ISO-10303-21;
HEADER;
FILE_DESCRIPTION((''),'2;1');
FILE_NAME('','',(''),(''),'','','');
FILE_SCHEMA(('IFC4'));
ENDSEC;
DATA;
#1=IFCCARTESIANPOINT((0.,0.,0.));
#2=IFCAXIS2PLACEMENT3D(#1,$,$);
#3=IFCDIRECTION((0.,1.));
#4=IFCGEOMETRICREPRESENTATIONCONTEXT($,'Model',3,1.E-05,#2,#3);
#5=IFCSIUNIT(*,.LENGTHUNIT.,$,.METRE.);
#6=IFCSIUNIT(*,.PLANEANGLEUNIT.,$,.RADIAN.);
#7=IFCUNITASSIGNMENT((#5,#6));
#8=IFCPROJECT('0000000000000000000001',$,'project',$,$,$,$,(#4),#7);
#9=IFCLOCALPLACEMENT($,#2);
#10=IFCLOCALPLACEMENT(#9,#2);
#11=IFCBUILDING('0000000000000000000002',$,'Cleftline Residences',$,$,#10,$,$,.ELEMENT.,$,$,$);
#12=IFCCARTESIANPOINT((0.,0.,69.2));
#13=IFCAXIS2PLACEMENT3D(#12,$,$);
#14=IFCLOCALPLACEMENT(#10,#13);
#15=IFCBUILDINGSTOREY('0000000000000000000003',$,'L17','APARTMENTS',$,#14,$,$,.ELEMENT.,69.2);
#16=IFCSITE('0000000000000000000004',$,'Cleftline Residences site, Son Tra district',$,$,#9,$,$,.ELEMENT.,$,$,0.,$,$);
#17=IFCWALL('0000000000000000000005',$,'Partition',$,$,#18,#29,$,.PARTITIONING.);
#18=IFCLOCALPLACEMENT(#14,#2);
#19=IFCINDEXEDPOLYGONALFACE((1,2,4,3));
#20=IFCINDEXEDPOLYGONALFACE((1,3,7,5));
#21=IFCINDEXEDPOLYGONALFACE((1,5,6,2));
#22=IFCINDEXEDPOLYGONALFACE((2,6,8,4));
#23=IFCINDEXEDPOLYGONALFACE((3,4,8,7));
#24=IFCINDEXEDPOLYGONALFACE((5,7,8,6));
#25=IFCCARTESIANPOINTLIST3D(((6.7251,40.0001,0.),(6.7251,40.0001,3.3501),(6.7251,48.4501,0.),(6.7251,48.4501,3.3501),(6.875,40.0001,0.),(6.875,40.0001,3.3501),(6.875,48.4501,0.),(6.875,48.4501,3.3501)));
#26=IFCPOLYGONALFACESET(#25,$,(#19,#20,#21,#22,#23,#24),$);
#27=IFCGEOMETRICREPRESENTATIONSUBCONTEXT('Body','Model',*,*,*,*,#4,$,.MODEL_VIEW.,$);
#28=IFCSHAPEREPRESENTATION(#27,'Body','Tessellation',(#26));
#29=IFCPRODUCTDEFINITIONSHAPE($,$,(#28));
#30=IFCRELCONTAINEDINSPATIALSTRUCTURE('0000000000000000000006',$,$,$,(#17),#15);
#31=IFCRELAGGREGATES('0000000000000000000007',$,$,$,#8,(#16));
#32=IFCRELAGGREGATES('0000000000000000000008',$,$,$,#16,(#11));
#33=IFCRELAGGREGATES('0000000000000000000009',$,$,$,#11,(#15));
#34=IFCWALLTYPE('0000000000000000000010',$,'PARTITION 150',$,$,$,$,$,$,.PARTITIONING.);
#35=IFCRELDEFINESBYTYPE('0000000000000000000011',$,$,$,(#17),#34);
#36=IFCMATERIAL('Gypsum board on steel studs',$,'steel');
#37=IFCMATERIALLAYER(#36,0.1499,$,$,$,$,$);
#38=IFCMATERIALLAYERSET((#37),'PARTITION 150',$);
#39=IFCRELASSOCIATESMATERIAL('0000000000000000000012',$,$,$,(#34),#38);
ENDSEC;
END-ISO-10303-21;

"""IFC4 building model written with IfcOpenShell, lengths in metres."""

from ifc_helpers import new_model, si_unit, direction, frame, frame_2d, origin, place, context, subcontext, project, spatial, rectangle, extrude, material, layer, layer_set, type_object, element, save


model = new_model("IFC4")

# Units and contexts
model_context = context("Model", 3, precision=1e-05, world=origin(), true_north=direction((0.0, 1.0)))
body_context = subcontext(model_context, "Body", "Model", "MODEL_VIEW")
ifc_project = project(units=[si_unit("LENGTHUNIT", "METRE"), si_unit("PLANEANGLEUNIT", "RADIAN")], contexts=[model_context])

# Site, building, storey
site_placement = place(None, origin())
site = spatial("IfcSite", under=ifc_project, at=site_placement, Name="Cleftline Residences site, Son Tra district", CompositionType="ELEMENT", RefElevation=0.0)
building_placement = place(site_placement, origin())
building = spatial("IfcBuilding", under=site, at=building_placement, Name="Cleftline Residences", CompositionType="ELEMENT")
storey_placement = place(building_placement, frame((0.0, 0.0, 69.2)))
storey = spatial("IfcBuildingStorey", under=building, at=storey_placement, Name="L17", Description="APARTMENTS", CompositionType="ELEMENT", Elevation=69.2)

# Shared definitions
ifc_material_1 = material(Name="Gypsum board on steel studs", Category="steel")
ifc_layer = layer(ifc_material_1, 0.1499)
ifc_layer_set = layer_set([ifc_layer], Name="PARTITION 150")
wall_type = type_object("IfcWallType", Name="PARTITION 150", PredefinedType="PARTITIONING", material=ifc_layer_set)

# Wall
wall_1_placement = place(storey_placement, frame((6.8, 40.0, 0.0), z_axis=(0.0, 0.0, 1.0), x_axis=(0.0, 1.0, 0.0)))
element("IfcWall", 1, at=wall_1_placement, inside=storey, type_object=wall_type, Name="Partition", PredefinedType="PARTITIONING", context=body_context, shape_type="SweptSolid", body=[
    extrude(rectangle(XDim=8.45, YDim=0.1499, at=frame_2d((4.2251, 0.0))), origin(), (0.0, 0.0, 1.0), 3.3501),
])

save(model, "model.ifc")
